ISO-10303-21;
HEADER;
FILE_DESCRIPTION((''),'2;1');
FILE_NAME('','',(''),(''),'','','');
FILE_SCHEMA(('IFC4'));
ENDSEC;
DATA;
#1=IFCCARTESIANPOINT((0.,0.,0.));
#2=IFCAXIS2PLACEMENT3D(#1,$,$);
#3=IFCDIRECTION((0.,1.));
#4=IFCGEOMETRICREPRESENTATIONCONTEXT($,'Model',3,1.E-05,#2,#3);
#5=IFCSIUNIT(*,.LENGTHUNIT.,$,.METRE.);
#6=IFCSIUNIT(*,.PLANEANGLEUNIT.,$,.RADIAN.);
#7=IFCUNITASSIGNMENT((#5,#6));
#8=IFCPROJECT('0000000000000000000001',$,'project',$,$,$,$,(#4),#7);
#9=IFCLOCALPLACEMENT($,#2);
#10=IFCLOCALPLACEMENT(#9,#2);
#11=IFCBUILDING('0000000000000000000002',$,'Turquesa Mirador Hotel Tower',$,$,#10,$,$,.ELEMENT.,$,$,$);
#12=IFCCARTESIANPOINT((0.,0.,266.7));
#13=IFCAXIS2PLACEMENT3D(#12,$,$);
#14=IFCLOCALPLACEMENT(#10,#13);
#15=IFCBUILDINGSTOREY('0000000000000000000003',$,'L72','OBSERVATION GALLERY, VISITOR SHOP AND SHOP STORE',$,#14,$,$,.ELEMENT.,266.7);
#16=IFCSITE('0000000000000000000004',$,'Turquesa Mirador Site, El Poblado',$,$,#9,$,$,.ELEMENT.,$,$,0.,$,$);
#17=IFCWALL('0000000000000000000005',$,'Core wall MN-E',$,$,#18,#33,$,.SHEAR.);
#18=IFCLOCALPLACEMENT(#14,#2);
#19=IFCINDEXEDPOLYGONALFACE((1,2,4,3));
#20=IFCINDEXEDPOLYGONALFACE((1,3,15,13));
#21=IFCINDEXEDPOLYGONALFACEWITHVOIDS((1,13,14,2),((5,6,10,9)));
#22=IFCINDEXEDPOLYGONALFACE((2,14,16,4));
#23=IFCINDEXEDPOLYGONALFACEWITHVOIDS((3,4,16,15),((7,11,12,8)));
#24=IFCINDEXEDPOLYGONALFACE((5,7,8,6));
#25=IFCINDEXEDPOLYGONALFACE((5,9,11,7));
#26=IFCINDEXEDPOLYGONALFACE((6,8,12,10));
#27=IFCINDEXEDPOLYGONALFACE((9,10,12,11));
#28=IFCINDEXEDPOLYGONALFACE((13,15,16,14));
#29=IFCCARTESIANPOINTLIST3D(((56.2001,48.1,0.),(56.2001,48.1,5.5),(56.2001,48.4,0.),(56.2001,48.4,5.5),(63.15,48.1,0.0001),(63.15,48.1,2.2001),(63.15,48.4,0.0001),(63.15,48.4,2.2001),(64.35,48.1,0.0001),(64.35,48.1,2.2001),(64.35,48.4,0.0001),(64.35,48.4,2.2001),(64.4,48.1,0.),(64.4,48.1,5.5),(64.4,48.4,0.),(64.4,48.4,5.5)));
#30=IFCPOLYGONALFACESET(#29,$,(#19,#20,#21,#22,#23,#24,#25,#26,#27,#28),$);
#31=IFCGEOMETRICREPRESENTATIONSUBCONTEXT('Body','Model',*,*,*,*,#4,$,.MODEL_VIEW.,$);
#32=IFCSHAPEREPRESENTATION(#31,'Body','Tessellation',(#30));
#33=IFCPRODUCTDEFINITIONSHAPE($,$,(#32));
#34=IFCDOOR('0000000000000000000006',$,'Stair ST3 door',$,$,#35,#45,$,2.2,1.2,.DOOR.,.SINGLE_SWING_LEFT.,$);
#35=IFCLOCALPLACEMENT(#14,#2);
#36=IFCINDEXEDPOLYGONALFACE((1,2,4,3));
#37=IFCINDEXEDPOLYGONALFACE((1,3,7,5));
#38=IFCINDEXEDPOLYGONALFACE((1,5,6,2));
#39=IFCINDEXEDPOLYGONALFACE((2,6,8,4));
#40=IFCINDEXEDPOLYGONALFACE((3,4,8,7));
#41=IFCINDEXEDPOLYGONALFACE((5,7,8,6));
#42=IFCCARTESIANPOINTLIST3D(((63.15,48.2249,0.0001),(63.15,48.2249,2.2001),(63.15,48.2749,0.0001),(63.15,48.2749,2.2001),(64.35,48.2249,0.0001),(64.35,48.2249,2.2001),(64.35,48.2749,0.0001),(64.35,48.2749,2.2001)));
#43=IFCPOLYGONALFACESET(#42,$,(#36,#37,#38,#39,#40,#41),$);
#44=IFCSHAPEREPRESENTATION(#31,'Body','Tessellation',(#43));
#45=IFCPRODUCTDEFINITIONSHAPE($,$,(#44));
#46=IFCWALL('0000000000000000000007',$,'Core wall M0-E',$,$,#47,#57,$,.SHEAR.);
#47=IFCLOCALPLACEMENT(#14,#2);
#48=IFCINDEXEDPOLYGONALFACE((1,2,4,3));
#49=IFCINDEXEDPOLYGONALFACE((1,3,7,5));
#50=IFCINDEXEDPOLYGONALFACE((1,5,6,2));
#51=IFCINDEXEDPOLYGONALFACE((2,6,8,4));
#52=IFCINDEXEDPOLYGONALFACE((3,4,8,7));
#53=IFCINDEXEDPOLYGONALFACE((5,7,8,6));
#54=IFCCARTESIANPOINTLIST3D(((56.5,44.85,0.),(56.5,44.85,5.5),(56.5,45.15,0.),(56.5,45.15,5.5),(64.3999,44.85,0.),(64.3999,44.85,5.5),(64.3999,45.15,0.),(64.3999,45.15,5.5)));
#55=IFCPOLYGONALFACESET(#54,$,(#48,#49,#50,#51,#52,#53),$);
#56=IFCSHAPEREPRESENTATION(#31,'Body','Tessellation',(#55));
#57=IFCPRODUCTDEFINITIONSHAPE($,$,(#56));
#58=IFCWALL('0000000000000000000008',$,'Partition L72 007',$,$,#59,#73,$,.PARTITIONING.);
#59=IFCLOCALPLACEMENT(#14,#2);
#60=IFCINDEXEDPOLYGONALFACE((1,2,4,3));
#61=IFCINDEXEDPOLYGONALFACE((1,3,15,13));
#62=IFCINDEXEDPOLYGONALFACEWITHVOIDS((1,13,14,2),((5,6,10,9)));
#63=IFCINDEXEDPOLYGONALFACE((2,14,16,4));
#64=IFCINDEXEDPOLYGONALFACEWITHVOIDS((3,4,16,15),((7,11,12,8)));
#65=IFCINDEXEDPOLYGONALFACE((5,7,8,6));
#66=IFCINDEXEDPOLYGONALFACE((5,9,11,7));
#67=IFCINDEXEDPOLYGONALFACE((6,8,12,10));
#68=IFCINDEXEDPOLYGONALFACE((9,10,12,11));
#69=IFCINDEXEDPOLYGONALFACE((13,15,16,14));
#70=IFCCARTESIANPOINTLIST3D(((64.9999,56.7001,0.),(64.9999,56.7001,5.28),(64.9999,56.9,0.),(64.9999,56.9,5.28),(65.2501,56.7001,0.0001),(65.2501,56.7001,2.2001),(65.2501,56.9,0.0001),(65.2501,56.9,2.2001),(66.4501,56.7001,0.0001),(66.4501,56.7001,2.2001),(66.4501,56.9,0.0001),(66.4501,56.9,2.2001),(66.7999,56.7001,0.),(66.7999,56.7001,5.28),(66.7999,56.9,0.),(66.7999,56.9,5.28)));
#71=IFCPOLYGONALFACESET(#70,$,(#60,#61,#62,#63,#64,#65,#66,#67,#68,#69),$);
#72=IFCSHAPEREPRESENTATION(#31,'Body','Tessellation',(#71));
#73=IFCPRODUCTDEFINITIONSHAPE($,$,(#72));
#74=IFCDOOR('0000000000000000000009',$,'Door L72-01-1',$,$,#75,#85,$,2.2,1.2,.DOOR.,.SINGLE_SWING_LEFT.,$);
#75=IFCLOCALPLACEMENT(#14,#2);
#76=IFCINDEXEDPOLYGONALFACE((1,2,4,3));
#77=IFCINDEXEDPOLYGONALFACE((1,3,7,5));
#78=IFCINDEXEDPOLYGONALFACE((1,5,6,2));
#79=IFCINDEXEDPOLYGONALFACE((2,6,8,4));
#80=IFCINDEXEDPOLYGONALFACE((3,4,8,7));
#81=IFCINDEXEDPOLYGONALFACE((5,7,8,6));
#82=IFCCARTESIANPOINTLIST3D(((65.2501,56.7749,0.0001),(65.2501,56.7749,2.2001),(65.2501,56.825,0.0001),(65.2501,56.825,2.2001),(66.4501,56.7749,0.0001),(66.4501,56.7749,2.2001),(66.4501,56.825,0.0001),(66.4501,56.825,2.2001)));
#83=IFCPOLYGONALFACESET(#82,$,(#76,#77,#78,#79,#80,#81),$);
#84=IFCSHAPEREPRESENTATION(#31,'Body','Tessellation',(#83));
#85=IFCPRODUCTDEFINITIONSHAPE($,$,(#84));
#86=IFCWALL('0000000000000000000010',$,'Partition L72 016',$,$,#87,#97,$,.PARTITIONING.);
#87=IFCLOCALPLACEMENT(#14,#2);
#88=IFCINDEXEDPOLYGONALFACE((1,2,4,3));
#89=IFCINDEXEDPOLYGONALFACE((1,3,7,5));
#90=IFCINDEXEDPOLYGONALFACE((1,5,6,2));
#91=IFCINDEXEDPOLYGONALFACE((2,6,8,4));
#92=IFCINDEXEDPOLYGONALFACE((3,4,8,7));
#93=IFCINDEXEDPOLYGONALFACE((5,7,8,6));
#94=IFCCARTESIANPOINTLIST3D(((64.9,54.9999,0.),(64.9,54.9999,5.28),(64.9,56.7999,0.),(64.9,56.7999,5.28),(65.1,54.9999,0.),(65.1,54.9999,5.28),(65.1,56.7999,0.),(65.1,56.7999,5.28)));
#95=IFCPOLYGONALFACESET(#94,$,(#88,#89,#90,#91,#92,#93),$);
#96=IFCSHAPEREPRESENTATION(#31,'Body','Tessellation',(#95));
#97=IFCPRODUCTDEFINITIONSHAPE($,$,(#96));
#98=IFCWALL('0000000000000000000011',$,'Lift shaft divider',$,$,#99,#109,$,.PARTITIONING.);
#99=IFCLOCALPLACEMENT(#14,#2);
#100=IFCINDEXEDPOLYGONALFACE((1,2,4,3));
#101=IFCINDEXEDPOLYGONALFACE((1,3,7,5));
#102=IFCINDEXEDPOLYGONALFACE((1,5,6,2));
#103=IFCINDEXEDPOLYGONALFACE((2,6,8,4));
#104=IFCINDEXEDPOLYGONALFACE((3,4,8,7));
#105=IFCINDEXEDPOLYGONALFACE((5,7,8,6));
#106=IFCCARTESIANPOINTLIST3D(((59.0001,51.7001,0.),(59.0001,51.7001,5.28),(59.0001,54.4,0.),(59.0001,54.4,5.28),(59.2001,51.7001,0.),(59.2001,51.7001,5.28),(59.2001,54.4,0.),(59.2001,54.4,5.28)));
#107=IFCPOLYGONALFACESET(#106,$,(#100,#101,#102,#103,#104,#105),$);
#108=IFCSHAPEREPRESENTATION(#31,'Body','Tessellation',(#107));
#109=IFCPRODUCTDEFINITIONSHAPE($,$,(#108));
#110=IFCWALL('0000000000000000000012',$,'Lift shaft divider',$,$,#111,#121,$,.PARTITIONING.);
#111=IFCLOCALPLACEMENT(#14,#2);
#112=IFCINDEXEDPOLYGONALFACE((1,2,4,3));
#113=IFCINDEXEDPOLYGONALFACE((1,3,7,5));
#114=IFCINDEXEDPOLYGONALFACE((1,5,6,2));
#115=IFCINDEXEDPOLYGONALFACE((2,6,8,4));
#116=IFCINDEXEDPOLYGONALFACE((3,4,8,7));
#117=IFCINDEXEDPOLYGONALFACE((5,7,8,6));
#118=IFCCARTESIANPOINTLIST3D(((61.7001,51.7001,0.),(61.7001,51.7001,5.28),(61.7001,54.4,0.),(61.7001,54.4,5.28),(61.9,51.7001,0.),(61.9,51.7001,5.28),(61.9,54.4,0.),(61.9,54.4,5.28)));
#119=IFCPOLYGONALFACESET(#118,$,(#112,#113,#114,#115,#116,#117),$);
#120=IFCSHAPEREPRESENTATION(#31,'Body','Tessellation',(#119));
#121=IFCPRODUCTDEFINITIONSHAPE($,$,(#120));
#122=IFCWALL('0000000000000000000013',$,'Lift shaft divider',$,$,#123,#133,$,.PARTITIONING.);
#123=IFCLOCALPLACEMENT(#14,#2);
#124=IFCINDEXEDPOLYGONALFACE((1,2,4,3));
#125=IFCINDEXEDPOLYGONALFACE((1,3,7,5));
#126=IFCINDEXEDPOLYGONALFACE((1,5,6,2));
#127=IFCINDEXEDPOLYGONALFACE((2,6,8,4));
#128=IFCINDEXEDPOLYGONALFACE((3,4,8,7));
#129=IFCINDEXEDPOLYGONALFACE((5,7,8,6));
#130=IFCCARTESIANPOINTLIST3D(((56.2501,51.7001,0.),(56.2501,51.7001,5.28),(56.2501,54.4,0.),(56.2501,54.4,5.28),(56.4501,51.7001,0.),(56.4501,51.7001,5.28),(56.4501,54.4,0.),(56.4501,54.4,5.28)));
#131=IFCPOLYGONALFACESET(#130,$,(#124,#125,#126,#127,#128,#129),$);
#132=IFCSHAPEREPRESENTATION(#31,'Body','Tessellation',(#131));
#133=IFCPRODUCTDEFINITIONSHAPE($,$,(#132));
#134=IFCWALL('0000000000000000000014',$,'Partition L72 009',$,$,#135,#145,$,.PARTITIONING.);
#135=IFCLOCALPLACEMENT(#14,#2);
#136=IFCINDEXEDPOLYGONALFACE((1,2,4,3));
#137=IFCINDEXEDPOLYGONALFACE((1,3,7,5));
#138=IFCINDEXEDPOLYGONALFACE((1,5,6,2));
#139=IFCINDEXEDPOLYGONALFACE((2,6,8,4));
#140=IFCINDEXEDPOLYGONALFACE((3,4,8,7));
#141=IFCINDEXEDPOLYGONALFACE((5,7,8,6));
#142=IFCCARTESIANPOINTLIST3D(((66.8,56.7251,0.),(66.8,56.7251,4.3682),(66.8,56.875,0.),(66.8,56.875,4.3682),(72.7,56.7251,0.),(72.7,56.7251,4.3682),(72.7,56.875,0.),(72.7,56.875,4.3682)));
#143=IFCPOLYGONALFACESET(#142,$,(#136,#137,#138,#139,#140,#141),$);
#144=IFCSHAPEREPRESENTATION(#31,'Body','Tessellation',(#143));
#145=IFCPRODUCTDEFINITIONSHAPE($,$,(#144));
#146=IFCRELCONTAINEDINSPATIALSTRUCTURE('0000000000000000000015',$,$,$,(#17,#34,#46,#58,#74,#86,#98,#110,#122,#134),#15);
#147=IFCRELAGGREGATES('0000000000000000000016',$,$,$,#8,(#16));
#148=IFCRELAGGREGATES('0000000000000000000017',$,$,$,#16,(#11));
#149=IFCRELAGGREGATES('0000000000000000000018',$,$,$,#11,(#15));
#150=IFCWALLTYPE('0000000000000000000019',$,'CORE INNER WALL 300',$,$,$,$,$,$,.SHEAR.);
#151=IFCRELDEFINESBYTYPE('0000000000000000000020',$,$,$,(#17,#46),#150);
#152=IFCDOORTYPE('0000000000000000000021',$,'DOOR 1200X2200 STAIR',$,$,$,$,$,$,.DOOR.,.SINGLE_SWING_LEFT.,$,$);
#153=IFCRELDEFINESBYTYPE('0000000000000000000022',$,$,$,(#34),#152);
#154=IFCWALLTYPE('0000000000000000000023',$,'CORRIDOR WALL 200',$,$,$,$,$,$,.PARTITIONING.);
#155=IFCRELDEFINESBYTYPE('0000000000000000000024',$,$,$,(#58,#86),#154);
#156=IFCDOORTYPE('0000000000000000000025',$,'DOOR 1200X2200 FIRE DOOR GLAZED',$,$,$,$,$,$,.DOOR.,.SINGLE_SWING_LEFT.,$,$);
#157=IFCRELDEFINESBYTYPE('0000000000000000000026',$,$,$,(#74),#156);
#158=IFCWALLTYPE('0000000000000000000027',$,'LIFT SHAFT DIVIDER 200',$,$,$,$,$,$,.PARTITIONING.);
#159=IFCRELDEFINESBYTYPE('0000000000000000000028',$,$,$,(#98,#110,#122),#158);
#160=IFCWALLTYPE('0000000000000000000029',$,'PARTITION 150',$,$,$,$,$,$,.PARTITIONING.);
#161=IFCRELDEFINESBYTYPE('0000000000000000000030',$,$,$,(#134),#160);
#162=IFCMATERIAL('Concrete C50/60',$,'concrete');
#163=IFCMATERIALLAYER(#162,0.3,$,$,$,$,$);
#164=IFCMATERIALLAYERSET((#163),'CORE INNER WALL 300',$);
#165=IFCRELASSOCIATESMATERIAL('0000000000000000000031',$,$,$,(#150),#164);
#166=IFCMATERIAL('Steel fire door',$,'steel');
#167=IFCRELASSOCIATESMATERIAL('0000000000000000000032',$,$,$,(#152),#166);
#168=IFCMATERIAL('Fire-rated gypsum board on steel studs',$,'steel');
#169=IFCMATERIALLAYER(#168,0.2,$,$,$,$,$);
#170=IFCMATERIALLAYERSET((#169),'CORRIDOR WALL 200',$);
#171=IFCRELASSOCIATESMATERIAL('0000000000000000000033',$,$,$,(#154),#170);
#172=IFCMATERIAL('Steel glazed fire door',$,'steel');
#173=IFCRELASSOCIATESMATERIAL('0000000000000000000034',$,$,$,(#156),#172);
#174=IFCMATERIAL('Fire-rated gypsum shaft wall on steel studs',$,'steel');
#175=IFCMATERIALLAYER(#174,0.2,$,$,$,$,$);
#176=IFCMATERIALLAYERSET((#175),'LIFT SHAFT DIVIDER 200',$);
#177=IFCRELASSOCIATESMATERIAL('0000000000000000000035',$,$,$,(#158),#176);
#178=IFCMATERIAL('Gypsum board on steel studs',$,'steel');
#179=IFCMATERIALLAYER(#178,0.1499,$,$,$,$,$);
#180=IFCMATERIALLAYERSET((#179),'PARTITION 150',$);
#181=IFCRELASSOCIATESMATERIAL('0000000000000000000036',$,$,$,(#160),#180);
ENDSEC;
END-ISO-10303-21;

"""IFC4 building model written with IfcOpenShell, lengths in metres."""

from ifc_helpers import new_model, si_unit, direction, frame, frame_2d, origin, place, context, subcontext, project, spatial, rectangle, extrude, material, layer, layer_set, type_object, element, fill, save


model = new_model("IFC4")

# Units and contexts
model_context = context("Model", 3, precision=1e-05, world=origin(), true_north=direction((0.0, 1.0)))
body_context = subcontext(model_context, "Body", "Model", "MODEL_VIEW")
ifc_project = project(units=[si_unit("LENGTHUNIT", "METRE"), si_unit("PLANEANGLEUNIT", "RADIAN")], contexts=[model_context])

# Site, building, storey
site_placement = place(None, origin())
site = spatial("IfcSite", under=ifc_project, at=site_placement, Name="Turquesa Mirador Site, El Poblado", CompositionType="ELEMENT", RefElevation=0.0)
building_placement = place(site_placement, origin())
building = spatial("IfcBuilding", under=site, at=building_placement, Name="Turquesa Mirador Hotel Tower", CompositionType="ELEMENT")
storey_placement = place(building_placement, frame((0.0, 0.0, 266.7)))
storey = spatial("IfcBuildingStorey", under=building, at=storey_placement, Name="L72", Description="OBSERVATION GALLERY, VISITOR SHOP AND SHOP STORE", CompositionType="ELEMENT", Elevation=266.7)

# Wall, opening, door
ifc_material_1 = material(Name="Concrete C50/60", Category="concrete")
ifc_layer_1 = layer(ifc_material_1, 0.3)
ifc_layer_set_1 = layer_set([ifc_layer_1], Name="CORE INNER WALL 300")
wall_type_1 = type_object("IfcWallType", Name="CORE INNER WALL 300", PredefinedType="SHEAR", material=ifc_layer_set_1)
wall_1_placement = place(storey_placement, frame((56.2, 48.25, 0.0), z_axis=(0.0, 0.0, 1.0), x_axis=(1.0, 0.0, 0.0)))
wall_1 = element("IfcWall", 1, at=wall_1_placement, inside=storey, type_object=wall_type_1, Name="Core wall MN-E", PredefinedType="SHEAR", context=body_context, shape_type="SweptSolid", body=[
    extrude(rectangle(XDim=8.2, YDim=0.3, at=frame_2d((4.1001, 0.0))), origin(), (0.0, 0.0, 1.0), 5.5),
])
opening_1_placement = place(wall_1_placement, frame((6.95, 0.0, 0.0)))
opening_1 = element("IfcOpeningElement", 2, at=opening_1_placement, cuts=wall_1, PredefinedType="OPENING", context=body_context, shape_type="SweptSolid", body=[
    extrude(rectangle(XDim=1.2, YDim=2.2, at=frame_2d((0.6001, 1.1001))), frame((0.0, 0.1599, 0.0), z_axis=(0.0, -1.0, 0.0), x_axis=(1.0, 0.0, 0.0)), (0.0, 0.0, 1.0), 0.3201),
])
ifc_material_2 = material(Name="Steel fire door", Category="steel")
door_type_1 = type_object("IfcDoorType", Name="DOOR 1200X2200 STAIR", OperationType="SINGLE_SWING_LEFT", PredefinedType="DOOR", material=ifc_material_2)
door_1_placement = place(opening_1_placement, origin())
door_1 = element("IfcDoor", 3, at=door_1_placement, inside=storey, type_object=door_type_1, Name="Stair ST3 door", OperationType="SINGLE_SWING_LEFT", OverallHeight=2.2, OverallWidth=1.2, PredefinedType="DOOR", context=body_context, shape_type="SweptSolid", body=[
    extrude(rectangle(XDim=1.2, YDim=2.2, at=frame_2d((0.6001, 1.1001))), frame((0.0, 0.0249, 0.0), z_axis=(0.0, -1.0, 0.0), x_axis=(1.0, 0.0, 0.0)), (0.0, 0.0, 1.0), 0.05),
])
fill(opening_1, door_1)

# Wall
wall_2_placement = place(storey_placement, frame((56.5, 45.0, 0.0), z_axis=(0.0, 0.0, 1.0), x_axis=(1.0, 0.0, 0.0)))
element("IfcWall", 4, at=wall_2_placement, inside=storey, type_object=wall_type_1, Name="Core wall M0-E", PredefinedType="SHEAR", context=body_context, shape_type="SweptSolid", body=[
    extrude(rectangle(XDim=7.8999, YDim=0.3, at=frame_2d((3.95, 0.0))), origin(), (0.0, 0.0, 1.0), 5.5),
])

# Wall, opening, door
ifc_material_3 = material(Name="Fire-rated gypsum board on steel studs", Category="steel")
ifc_layer_2 = layer(ifc_material_3, 0.2)
ifc_layer_set_2 = layer_set([ifc_layer_2], Name="CORRIDOR WALL 200")
wall_type_2 = type_object("IfcWallType", Name="CORRIDOR WALL 200", PredefinedType="PARTITIONING", material=ifc_layer_set_2)
wall_3_placement = place(storey_placement, frame((65.0, 56.8, 0.0), z_axis=(0.0, 0.0, 1.0), x_axis=(1.0, 0.0, 0.0)))
wall_3 = element("IfcWall", 5, at=wall_3_placement, inside=storey, type_object=wall_type_2, Name="Partition L72 007", PredefinedType="PARTITIONING", context=body_context, shape_type="SweptSolid", body=[
    extrude(rectangle(XDim=1.8, YDim=0.2, at=frame_2d((0.8999, 0.0))), origin(), (0.0, 0.0, 1.0), 5.28),
])
opening_2_placement = place(wall_3_placement, frame((0.25, 0.0, 0.0)))
opening_2 = element("IfcOpeningElement", 6, at=opening_2_placement, cuts=wall_3, PredefinedType="OPENING", context=body_context, shape_type="SweptSolid", body=[
    extrude(rectangle(XDim=1.2, YDim=2.2, at=frame_2d((0.6001, 1.1001))), frame((0.0, 0.1099, 0.0), z_axis=(0.0, -1.0, 0.0), x_axis=(1.0, 0.0, 0.0)), (0.0, 0.0, 1.0), 0.22),
])
ifc_material_4 = material(Name="Steel glazed fire door", Category="steel")
door_type_2 = type_object("IfcDoorType", Name="DOOR 1200X2200 FIRE DOOR GLAZED", OperationType="SINGLE_SWING_LEFT", PredefinedType="DOOR", material=ifc_material_4)
door_2_placement = place(opening_2_placement, origin())
door_2 = element("IfcDoor", 7, at=door_2_placement, inside=storey, type_object=door_type_2, Name="Door L72-01-1", OperationType="SINGLE_SWING_LEFT", OverallHeight=2.2, OverallWidth=1.2, PredefinedType="DOOR", context=body_context, shape_type="SweptSolid", body=[
    extrude(rectangle(XDim=1.2, YDim=2.2, at=frame_2d((0.6001, 1.1001))), frame((0.0, 0.0249, 0.0), z_axis=(0.0, -1.0, 0.0), x_axis=(1.0, 0.0, 0.0)), (0.0, 0.0, 1.0), 0.05),
])
fill(opening_2, door_2)

# Walls
wall_4_placement = place(storey_placement, frame((65.0, 55.0, 0.0), z_axis=(0.0, 0.0, 1.0), x_axis=(0.0, 1.0, 0.0)))
element("IfcWall", 8, at=wall_4_placement, inside=storey, type_object=wall_type_2, Name="Partition L72 016", PredefinedType="PARTITIONING", context=body_context, shape_type="SweptSolid", body=[
    extrude(rectangle(XDim=1.8, YDim=0.2, at=frame_2d((0.8999, 0.0))), origin(), (0.0, 0.0, 1.0), 5.28),
])
ifc_material_5 = material(Name="Fire-rated gypsum shaft wall on steel studs", Category="steel")
ifc_layer_3 = layer(ifc_material_5, 0.2)
ifc_layer_set_3 = layer_set([ifc_layer_3], Name="LIFT SHAFT DIVIDER 200")
wall_type_3 = type_object("IfcWallType", Name="LIFT SHAFT DIVIDER 200", PredefinedType="PARTITIONING", material=ifc_layer_set_3)
for number, where, z_axis, x_axis, name in (
    (9, (59.1001, 51.7, 0.0), (0.0, 0.0, 1.0), (0.0, 1.0, 0.0), "Lift shaft divider"),
    (10, (61.8, 51.7, 0.0), (0.0, 0.0, 1.0), (0.0, 1.0, 0.0), "Lift shaft divider"),
    (11, (56.3501, 51.7, 0.0), (0.0, 0.0, 1.0), (0.0, 1.0, 0.0), "Lift shaft divider"),
):
    element("IfcWall", number, at=place(storey_placement, frame(where, z_axis=z_axis, x_axis=x_axis)), inside=storey, type_object=wall_type_3, Name=name, PredefinedType="PARTITIONING", context=body_context, shape_type="SweptSolid", body=[
        extrude(rectangle(XDim=2.7, YDim=0.2, at=frame_2d((1.3501, 0.0))), origin(), (0.0, 0.0, 1.0), 5.28),
    ])
ifc_material_6 = material(Name="Gypsum board on steel studs", Category="steel")
ifc_layer_4 = layer(ifc_material_6, 0.1499)
ifc_layer_set_4 = layer_set([ifc_layer_4], Name="PARTITION 150")
wall_type_4 = type_object("IfcWallType", Name="PARTITION 150", PredefinedType="PARTITIONING", material=ifc_layer_set_4)
wall_5_placement = place(storey_placement, frame((66.8, 56.8, 0.0), z_axis=(0.0, 0.0, 1.0), x_axis=(1.0, 0.0, 0.0)))
element("IfcWall", 12, at=wall_5_placement, inside=storey, type_object=wall_type_4, Name="Partition L72 009", PredefinedType="PARTITIONING", context=body_context, shape_type="SweptSolid", body=[
    extrude(rectangle(XDim=5.8999, YDim=0.1499, at=frame_2d((2.95, 0.0))), origin(), (0.0, 0.0, 1.0), 4.3682),
])

save(model, "model.ifc")
